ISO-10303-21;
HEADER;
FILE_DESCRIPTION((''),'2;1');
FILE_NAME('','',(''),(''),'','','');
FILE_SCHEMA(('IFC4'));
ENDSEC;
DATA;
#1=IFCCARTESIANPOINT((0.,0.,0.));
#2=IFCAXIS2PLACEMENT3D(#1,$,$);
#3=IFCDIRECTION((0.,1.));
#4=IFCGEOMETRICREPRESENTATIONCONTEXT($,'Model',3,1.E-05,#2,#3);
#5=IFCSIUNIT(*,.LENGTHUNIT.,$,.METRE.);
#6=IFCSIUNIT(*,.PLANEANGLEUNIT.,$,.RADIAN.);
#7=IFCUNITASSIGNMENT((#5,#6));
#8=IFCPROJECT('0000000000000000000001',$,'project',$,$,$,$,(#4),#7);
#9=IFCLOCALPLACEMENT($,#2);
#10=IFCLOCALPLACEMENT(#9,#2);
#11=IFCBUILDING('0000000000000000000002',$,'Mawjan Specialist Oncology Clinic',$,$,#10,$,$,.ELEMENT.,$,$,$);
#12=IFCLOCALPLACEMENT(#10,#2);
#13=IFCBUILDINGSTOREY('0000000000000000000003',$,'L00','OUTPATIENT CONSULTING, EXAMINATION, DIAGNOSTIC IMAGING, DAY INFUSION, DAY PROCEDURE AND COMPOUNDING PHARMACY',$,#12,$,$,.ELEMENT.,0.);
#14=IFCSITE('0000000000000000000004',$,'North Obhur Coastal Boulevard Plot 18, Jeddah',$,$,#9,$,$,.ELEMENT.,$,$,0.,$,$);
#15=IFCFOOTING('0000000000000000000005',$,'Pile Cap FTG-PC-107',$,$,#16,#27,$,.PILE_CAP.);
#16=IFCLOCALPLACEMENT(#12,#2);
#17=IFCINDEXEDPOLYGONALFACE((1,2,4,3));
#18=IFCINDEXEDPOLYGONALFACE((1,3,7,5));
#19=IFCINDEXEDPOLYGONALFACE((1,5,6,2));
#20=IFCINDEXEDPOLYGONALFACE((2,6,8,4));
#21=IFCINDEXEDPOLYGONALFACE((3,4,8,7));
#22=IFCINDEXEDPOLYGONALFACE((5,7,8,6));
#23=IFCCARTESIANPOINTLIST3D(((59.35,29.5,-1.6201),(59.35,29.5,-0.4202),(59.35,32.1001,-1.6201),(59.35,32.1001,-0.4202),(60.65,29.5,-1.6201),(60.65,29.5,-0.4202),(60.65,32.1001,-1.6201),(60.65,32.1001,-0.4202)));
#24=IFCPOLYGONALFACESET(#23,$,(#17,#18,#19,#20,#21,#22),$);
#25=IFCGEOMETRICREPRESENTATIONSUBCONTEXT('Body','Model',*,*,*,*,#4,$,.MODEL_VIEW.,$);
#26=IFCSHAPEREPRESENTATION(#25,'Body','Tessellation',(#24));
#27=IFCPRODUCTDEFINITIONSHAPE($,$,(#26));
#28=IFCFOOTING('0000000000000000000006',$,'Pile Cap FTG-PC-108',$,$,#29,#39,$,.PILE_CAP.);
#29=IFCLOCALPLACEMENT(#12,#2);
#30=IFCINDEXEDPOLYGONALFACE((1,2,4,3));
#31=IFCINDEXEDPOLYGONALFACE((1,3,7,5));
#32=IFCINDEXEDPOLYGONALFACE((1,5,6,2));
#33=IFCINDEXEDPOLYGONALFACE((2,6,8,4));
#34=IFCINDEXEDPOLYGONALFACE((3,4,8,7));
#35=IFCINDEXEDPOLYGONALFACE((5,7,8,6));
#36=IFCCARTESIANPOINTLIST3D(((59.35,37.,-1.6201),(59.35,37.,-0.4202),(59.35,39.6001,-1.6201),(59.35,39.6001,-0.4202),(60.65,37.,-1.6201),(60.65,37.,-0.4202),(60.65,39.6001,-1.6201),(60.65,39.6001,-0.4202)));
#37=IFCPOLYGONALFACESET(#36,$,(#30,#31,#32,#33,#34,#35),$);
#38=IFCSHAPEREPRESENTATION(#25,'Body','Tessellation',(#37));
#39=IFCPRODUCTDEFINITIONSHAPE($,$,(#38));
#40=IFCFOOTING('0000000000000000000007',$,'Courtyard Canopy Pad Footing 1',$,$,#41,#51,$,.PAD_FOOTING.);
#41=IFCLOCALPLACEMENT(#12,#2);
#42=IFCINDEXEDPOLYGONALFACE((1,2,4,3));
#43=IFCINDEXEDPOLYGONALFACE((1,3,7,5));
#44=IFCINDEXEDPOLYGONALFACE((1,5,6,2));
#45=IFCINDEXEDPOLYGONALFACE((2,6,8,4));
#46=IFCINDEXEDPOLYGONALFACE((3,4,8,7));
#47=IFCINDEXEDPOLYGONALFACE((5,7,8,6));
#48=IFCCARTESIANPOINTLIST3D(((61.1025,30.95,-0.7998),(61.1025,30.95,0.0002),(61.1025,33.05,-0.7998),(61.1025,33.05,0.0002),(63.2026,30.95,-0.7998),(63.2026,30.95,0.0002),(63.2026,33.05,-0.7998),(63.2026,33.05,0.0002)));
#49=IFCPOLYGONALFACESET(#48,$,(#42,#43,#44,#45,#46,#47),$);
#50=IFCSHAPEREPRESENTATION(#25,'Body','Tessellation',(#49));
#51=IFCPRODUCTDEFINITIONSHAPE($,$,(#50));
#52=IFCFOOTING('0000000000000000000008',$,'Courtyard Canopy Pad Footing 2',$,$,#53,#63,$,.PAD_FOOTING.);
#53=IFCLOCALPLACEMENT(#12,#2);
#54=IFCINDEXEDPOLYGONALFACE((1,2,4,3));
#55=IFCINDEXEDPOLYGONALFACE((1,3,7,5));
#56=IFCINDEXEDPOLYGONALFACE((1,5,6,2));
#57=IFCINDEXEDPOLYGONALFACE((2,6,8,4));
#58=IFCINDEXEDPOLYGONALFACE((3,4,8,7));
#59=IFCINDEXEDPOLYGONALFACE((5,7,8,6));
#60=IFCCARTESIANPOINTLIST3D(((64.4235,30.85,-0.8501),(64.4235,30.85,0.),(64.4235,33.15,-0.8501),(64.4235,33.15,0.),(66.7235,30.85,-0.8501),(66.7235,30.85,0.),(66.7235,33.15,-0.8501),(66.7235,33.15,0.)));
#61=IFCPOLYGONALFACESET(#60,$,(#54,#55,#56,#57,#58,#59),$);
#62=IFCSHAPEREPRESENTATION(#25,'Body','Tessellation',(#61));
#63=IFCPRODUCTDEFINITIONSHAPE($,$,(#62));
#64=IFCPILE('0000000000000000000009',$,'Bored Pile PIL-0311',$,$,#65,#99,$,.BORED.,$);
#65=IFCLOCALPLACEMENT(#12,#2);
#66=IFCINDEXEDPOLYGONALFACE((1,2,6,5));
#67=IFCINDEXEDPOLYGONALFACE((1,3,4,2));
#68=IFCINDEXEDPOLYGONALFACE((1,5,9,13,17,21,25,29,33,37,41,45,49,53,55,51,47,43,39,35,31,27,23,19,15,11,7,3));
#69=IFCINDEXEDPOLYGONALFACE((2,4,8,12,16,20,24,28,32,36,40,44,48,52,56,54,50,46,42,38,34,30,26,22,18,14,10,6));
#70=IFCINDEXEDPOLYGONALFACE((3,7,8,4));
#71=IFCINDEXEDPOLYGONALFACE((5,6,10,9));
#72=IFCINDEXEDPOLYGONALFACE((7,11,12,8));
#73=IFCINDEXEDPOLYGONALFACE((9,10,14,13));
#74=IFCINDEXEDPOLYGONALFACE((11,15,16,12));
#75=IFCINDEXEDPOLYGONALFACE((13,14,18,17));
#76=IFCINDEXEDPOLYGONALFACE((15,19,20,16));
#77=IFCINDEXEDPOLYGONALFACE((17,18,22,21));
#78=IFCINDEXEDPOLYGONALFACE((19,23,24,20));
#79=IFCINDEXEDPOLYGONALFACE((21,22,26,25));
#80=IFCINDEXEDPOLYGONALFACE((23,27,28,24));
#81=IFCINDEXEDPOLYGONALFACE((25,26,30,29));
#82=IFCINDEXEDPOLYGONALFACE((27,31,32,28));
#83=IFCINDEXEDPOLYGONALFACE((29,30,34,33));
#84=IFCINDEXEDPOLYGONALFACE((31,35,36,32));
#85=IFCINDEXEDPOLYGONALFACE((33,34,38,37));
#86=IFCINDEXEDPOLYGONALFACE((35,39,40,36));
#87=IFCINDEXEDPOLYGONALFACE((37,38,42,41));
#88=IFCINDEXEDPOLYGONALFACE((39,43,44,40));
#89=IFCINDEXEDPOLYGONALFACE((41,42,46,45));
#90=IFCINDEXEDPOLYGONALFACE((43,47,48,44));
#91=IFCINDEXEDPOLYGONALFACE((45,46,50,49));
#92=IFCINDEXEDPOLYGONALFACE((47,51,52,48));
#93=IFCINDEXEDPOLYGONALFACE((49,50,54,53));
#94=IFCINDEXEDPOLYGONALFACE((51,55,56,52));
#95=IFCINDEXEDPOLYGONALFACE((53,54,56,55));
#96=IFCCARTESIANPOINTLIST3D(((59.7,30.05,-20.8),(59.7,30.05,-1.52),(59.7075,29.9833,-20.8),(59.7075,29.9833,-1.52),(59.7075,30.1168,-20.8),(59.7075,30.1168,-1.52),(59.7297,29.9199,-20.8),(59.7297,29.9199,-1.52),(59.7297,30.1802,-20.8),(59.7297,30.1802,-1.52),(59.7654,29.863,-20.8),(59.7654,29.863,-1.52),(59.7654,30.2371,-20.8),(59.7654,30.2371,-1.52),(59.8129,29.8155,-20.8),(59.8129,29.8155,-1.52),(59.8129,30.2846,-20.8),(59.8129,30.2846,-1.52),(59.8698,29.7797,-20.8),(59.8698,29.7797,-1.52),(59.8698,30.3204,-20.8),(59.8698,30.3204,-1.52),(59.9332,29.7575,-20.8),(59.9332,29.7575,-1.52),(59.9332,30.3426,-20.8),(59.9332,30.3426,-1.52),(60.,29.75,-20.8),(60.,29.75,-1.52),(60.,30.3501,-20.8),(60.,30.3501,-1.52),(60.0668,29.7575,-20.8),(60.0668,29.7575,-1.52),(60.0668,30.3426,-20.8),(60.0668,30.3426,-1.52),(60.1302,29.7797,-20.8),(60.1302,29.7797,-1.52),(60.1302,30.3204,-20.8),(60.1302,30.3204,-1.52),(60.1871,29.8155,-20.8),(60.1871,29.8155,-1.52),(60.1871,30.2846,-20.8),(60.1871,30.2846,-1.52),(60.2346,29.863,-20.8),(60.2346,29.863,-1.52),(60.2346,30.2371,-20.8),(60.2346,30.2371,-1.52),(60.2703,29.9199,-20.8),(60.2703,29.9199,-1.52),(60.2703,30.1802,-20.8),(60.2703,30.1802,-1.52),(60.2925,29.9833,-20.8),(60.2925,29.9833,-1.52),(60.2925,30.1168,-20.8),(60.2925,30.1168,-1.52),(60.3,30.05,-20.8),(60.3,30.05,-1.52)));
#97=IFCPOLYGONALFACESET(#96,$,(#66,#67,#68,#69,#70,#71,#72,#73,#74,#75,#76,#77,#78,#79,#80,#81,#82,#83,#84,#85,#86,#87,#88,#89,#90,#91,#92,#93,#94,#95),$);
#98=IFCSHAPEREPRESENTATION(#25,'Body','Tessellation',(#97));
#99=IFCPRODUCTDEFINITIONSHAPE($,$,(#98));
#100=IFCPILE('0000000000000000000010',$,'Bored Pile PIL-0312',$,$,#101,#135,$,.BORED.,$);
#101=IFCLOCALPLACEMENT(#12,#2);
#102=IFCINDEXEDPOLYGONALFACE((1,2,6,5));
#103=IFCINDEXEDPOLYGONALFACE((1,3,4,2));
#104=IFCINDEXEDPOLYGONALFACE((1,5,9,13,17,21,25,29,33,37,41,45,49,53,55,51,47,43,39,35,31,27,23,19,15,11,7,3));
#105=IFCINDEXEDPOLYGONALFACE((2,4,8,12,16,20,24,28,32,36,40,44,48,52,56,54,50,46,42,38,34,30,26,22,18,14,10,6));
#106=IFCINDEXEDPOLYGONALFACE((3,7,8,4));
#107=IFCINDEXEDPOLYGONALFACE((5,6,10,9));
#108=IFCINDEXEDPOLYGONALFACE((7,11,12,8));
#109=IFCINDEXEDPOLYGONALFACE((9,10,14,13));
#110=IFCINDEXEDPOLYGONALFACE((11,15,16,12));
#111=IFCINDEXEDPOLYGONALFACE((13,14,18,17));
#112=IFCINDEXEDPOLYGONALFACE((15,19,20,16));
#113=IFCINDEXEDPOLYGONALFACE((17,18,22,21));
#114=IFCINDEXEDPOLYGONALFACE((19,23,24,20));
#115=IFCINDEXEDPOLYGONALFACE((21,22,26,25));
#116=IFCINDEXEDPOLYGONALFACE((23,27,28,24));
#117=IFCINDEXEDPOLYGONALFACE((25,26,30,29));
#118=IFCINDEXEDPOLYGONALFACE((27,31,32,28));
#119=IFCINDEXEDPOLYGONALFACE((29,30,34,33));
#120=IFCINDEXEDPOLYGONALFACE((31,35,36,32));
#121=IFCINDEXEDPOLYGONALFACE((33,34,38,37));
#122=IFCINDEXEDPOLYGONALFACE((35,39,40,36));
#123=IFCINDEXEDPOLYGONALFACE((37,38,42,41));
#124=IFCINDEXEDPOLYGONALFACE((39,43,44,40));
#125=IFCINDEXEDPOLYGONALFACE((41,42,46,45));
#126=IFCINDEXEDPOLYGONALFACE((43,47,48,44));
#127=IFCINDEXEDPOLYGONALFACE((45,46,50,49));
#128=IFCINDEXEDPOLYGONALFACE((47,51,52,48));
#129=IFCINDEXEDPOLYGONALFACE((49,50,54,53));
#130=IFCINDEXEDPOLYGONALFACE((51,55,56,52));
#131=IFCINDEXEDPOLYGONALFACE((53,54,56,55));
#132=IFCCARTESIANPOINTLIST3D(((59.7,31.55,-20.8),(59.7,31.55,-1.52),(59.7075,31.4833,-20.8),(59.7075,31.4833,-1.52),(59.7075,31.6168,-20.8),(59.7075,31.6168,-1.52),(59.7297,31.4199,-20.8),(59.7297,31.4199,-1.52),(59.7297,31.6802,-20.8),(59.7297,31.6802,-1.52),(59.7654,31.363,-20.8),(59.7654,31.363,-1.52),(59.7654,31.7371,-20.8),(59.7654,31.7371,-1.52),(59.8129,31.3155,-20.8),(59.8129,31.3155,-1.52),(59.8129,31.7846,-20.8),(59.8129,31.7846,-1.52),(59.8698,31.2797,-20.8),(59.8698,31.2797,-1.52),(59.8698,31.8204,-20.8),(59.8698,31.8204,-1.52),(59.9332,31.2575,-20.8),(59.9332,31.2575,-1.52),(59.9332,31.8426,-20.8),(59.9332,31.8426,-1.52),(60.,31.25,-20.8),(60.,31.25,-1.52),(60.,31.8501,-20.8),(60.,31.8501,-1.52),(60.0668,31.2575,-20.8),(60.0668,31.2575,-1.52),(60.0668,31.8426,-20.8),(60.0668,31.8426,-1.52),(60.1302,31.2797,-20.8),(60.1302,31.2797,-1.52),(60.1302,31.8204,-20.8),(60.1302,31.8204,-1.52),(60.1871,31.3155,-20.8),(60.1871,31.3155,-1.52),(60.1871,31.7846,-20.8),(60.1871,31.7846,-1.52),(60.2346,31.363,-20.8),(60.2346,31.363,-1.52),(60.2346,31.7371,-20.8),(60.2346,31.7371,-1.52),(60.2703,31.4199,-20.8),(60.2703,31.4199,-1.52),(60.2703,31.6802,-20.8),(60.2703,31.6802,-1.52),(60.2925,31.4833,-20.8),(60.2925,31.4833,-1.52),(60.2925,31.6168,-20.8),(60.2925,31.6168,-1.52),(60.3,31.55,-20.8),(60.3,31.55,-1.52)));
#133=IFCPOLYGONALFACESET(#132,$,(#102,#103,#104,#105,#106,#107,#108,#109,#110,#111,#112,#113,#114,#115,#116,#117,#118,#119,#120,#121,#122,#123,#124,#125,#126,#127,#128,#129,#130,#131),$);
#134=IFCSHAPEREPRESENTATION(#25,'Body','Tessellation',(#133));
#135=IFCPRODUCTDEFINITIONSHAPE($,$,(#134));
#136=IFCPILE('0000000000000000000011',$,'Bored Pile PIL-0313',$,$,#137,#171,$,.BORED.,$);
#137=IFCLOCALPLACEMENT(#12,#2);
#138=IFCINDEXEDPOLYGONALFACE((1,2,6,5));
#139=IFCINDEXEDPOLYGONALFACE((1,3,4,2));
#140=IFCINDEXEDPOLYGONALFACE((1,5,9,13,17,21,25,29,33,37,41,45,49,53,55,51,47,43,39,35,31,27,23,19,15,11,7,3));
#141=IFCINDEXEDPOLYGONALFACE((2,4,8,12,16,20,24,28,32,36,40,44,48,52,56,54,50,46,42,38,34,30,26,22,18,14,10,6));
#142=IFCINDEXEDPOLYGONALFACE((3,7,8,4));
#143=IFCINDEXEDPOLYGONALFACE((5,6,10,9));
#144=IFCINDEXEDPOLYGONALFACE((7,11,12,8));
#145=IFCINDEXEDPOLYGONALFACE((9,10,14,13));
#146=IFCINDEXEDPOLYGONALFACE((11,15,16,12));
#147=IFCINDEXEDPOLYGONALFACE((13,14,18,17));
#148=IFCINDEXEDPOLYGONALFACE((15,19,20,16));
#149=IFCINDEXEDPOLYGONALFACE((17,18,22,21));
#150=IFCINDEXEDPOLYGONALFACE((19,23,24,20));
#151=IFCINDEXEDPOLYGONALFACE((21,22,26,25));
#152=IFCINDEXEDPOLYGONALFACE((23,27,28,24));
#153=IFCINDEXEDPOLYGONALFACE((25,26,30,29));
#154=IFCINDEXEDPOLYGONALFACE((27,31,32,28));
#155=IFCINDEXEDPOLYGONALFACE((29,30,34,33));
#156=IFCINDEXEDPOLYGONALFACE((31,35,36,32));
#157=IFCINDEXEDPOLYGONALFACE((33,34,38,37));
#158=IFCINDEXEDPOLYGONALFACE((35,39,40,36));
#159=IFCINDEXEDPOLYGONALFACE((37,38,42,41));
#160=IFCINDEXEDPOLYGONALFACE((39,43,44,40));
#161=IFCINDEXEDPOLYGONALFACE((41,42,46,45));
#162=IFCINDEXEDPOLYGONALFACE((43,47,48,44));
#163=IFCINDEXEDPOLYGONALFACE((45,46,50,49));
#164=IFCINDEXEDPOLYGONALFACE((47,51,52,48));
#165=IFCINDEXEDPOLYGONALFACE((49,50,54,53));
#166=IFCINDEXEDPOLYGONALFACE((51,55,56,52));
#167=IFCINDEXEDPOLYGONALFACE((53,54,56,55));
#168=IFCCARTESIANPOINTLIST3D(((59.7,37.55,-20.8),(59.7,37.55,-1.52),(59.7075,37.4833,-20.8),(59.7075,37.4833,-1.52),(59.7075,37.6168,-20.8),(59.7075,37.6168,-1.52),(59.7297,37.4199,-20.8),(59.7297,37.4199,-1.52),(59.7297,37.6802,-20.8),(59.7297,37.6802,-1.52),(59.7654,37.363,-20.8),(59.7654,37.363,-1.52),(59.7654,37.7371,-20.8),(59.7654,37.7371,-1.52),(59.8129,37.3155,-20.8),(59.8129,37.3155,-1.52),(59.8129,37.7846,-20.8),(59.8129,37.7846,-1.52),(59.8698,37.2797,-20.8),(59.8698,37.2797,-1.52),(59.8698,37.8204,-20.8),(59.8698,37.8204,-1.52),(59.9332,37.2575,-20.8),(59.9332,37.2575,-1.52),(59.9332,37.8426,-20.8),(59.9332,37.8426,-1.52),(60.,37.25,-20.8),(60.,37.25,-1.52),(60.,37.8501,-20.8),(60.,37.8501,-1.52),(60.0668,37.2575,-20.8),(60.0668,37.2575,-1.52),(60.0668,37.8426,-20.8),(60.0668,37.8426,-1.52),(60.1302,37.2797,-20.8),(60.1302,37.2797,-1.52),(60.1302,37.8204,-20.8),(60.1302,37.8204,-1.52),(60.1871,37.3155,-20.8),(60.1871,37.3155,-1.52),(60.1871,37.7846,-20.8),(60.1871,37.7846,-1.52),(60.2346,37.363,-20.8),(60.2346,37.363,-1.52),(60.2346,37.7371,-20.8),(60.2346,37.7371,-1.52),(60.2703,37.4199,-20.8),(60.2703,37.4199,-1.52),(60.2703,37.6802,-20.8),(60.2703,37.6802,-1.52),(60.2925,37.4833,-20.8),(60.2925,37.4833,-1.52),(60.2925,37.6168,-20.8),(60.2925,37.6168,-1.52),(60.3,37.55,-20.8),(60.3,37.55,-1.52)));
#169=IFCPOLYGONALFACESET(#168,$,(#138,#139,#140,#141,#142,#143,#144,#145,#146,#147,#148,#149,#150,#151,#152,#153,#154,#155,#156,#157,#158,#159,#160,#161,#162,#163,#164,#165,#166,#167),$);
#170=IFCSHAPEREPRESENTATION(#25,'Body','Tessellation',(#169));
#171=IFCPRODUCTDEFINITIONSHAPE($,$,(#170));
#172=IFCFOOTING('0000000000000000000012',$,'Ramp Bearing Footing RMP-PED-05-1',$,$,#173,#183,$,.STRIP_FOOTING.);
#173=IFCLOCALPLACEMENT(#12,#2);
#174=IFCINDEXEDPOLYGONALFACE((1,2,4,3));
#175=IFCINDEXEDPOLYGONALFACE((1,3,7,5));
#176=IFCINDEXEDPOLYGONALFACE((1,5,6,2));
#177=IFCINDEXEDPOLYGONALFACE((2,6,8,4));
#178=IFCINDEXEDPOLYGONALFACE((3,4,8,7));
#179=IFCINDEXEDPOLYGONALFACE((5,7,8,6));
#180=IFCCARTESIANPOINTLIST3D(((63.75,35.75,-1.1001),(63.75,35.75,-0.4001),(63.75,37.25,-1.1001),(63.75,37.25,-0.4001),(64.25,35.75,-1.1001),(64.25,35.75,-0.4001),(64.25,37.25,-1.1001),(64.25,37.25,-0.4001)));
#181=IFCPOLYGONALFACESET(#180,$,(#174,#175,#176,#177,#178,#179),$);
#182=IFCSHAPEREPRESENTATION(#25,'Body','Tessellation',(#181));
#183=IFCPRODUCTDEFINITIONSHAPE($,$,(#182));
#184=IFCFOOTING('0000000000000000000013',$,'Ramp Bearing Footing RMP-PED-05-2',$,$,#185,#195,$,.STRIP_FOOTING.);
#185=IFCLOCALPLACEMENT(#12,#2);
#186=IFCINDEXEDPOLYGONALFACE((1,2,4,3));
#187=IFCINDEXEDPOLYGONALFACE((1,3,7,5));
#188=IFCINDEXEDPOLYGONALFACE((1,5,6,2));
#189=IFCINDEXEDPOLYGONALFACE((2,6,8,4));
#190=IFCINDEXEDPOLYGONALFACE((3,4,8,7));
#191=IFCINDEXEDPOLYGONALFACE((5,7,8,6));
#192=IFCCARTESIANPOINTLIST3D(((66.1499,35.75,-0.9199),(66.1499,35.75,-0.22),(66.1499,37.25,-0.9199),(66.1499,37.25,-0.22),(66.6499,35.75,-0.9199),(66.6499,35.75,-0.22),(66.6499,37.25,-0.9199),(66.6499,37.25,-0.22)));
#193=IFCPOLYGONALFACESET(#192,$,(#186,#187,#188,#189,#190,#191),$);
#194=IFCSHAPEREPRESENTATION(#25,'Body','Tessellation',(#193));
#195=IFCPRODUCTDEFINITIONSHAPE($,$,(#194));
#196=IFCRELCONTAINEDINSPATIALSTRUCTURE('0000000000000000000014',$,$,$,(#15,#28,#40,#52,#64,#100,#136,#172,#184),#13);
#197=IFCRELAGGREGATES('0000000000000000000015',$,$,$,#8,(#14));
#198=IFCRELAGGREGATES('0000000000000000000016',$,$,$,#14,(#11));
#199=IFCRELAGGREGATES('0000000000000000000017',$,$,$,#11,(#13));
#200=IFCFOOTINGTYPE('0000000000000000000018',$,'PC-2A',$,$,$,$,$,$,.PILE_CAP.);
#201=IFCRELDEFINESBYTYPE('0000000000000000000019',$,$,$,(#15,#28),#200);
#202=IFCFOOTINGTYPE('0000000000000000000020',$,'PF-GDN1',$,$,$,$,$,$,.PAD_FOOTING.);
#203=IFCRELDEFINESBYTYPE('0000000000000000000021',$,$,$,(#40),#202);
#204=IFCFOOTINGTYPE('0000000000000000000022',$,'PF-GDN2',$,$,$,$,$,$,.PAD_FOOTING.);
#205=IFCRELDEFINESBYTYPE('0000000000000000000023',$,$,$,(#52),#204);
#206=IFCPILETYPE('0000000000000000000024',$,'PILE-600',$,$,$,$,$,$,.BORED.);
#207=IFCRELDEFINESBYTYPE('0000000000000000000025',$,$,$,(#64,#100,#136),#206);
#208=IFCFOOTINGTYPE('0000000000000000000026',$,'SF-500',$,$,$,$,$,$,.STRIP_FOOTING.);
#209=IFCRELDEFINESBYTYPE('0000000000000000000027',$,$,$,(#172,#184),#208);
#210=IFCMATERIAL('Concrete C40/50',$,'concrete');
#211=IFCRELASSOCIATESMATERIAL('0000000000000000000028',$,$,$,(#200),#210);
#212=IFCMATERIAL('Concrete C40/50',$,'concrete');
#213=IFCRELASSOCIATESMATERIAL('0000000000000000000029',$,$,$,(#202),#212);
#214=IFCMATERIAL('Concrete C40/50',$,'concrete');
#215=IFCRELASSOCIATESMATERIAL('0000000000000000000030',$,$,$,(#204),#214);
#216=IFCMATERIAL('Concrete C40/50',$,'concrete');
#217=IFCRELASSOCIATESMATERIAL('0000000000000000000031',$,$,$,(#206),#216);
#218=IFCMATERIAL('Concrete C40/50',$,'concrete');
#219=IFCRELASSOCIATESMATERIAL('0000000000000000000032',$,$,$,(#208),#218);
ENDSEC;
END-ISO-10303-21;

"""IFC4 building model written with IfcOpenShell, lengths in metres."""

from ifc_helpers import new_model, si_unit, direction, frame, origin, origin_2d, place, context, subcontext, project, spatial, rectangle, circle, extrude, material, material_profile, profile_set, type_object, element, save


model = new_model("IFC4")

# Units and contexts
model_context = context("Model", 3, precision=1e-05, world=origin(), true_north=direction((0.0, 1.0)))
body_context = subcontext(model_context, "Body", "Model", "MODEL_VIEW")
ifc_project = project(units=[si_unit("LENGTHUNIT", "METRE"), si_unit("PLANEANGLEUNIT", "RADIAN")], contexts=[model_context])

# Site, building, storey
site_placement = place(None, origin())
site = spatial("IfcSite", under=ifc_project, at=site_placement, Name="North Obhur Coastal Boulevard Plot 18, Jeddah", CompositionType="ELEMENT", RefElevation=0.0)
building_placement = place(site_placement, origin())
building = spatial("IfcBuilding", under=site, at=building_placement, Name="Mawjan Specialist Oncology Clinic", CompositionType="ELEMENT")
storey_placement = place(building_placement, origin())
storey = spatial("IfcBuildingStorey", under=building, at=storey_placement, Name="L00", Description="OUTPATIENT CONSULTING, EXAMINATION, DIAGNOSTIC IMAGING, DAY INFUSION, DAY PROCEDURE AND COMPOUNDING PHARMACY", CompositionType="ELEMENT", Elevation=0.0)

# Footings
ifc_material_1 = material(Name="Concrete C40/50", Category="concrete")
footing_type_1 = type_object("IfcFootingType", Name="PC-2A", PredefinedType="PILE_CAP", material=ifc_material_1)
for number, where, z_axis, x_axis, name in (
    (1, (60.0, 30.8, -1.6201), (0.0, 0.0, 1.0), (0.0, 1.0, 0.0), "Pile Cap FTG-PC-107"),
    (2, (60.0, 38.3, -1.6201), (0.0, 0.0, 1.0), (0.0, 1.0, 0.0), "Pile Cap FTG-PC-108"),
):
    element("IfcFooting", number, at=place(storey_placement, frame(where, z_axis=z_axis, x_axis=x_axis)), inside=storey, type_object=footing_type_1, Name=name, PredefinedType="PILE_CAP", context=body_context, shape_type="SweptSolid", body=[
        extrude(rectangle(XDim=2.6001, YDim=1.3, at=origin_2d()), origin(), (0.0, 0.0, 1.0), 1.2),
    ])
ifc_material_2 = material(Name="Concrete C40/50", Category="concrete")
footing_type_2 = type_object("IfcFootingType", Name="PF-GDN1", PredefinedType="PAD_FOOTING", material=ifc_material_2)
footing_1_placement = place(storey_placement, frame((62.1526, 32.0, -0.7998), z_axis=(0.0, 0.0, 1.0), x_axis=(1.0, 0.0, 0.0)))
element("IfcFooting", 3, at=footing_1_placement, inside=storey, type_object=footing_type_2, Name="Courtyard Canopy Pad Footing 1", PredefinedType="PAD_FOOTING", context=body_context, shape_type="SweptSolid", body=[
    extrude(rectangle(XDim=2.1001, YDim=2.1001, at=origin_2d()), origin(), (0.0, 0.0, 1.0), 0.8),
])
ifc_material_3 = material(Name="Concrete C40/50", Category="concrete")
footing_type_3 = type_object("IfcFootingType", Name="PF-GDN2", PredefinedType="PAD_FOOTING", material=ifc_material_3)
footing_2_placement = place(storey_placement, frame((65.5735, 32.0, -0.8501), z_axis=(0.0, 0.0, 1.0), x_axis=(1.0, 0.0, 0.0)))
element("IfcFooting", 4, at=footing_2_placement, inside=storey, type_object=footing_type_3, Name="Courtyard Canopy Pad Footing 2", PredefinedType="PAD_FOOTING", context=body_context, shape_type="SweptSolid", body=[
    extrude(rectangle(XDim=2.3, YDim=2.3, at=origin_2d()), origin(), (0.0, 0.0, 1.0), 0.8501),
])

# Piles
ifc_material_4 = material(Name="Concrete C40/50", Category="concrete")
ifc_material_profile_1 = material_profile(ifc_material_4, circle(Radius=0.3, at=origin_2d()), Name="BORED PILE D600", Category="concrete")
ifc_profile_set_1 = profile_set([ifc_material_profile_1], Name="Concrete C40/50")
pile_type = type_object("IfcPileType", Name="PILE-600", PredefinedType="BORED", material=ifc_profile_set_1)
for number, where, z_axis, x_axis, name in (
    (5, (60.0, 30.05, -1.52), (0.0, 0.0, -1.0), (1.0, 0.0, 0.0), "Bored Pile PIL-0311"),
    (6, (60.0, 31.55, -1.52), (0.0, 0.0, -1.0), (1.0, 0.0, 0.0), "Bored Pile PIL-0312"),
    (7, (60.0, 37.55, -1.52), (0.0, 0.0, -1.0), (1.0, 0.0, 0.0), "Bored Pile PIL-0313"),
):
    element("IfcPile", number, at=place(storey_placement, frame(where, z_axis=z_axis, x_axis=x_axis)), inside=storey, type_object=pile_type, Name=name, PredefinedType="BORED", context=body_context, shape_type="SweptSolid", body=[
        extrude(circle(Radius=0.3, at=origin_2d()), origin(), (0.0, 0.0, 1.0), 19.28),
    ])

# Footings
ifc_material_5 = material(Name="Concrete C40/50", Category="concrete")
footing_type_4 = type_object("IfcFootingType", Name="SF-500", PredefinedType="STRIP_FOOTING", material=ifc_material_5)
for number, where, z_axis, x_axis, name in (
    (8, (64.0, 36.5, -1.1001), (0.0, 0.0, 1.0), (1.0, 0.0, 0.0), "Ramp Bearing Footing RMP-PED-05-1"),
    (9, (66.3999, 36.5, -0.9199), (0.0, 0.0, 1.0), (1.0, 0.0, 0.0), "Ramp Bearing Footing RMP-PED-05-2"),
):
    element("IfcFooting", number, at=place(storey_placement, frame(where, z_axis=z_axis, x_axis=x_axis)), inside=storey, type_object=footing_type_4, Name=name, PredefinedType="STRIP_FOOTING", context=body_context, shape_type="SweptSolid", body=[
        extrude(rectangle(XDim=0.5, YDim=1.5, at=origin_2d()), origin(), (0.0, 0.0, 1.0), 0.7),
    ])

save(model, "model.ifc")
